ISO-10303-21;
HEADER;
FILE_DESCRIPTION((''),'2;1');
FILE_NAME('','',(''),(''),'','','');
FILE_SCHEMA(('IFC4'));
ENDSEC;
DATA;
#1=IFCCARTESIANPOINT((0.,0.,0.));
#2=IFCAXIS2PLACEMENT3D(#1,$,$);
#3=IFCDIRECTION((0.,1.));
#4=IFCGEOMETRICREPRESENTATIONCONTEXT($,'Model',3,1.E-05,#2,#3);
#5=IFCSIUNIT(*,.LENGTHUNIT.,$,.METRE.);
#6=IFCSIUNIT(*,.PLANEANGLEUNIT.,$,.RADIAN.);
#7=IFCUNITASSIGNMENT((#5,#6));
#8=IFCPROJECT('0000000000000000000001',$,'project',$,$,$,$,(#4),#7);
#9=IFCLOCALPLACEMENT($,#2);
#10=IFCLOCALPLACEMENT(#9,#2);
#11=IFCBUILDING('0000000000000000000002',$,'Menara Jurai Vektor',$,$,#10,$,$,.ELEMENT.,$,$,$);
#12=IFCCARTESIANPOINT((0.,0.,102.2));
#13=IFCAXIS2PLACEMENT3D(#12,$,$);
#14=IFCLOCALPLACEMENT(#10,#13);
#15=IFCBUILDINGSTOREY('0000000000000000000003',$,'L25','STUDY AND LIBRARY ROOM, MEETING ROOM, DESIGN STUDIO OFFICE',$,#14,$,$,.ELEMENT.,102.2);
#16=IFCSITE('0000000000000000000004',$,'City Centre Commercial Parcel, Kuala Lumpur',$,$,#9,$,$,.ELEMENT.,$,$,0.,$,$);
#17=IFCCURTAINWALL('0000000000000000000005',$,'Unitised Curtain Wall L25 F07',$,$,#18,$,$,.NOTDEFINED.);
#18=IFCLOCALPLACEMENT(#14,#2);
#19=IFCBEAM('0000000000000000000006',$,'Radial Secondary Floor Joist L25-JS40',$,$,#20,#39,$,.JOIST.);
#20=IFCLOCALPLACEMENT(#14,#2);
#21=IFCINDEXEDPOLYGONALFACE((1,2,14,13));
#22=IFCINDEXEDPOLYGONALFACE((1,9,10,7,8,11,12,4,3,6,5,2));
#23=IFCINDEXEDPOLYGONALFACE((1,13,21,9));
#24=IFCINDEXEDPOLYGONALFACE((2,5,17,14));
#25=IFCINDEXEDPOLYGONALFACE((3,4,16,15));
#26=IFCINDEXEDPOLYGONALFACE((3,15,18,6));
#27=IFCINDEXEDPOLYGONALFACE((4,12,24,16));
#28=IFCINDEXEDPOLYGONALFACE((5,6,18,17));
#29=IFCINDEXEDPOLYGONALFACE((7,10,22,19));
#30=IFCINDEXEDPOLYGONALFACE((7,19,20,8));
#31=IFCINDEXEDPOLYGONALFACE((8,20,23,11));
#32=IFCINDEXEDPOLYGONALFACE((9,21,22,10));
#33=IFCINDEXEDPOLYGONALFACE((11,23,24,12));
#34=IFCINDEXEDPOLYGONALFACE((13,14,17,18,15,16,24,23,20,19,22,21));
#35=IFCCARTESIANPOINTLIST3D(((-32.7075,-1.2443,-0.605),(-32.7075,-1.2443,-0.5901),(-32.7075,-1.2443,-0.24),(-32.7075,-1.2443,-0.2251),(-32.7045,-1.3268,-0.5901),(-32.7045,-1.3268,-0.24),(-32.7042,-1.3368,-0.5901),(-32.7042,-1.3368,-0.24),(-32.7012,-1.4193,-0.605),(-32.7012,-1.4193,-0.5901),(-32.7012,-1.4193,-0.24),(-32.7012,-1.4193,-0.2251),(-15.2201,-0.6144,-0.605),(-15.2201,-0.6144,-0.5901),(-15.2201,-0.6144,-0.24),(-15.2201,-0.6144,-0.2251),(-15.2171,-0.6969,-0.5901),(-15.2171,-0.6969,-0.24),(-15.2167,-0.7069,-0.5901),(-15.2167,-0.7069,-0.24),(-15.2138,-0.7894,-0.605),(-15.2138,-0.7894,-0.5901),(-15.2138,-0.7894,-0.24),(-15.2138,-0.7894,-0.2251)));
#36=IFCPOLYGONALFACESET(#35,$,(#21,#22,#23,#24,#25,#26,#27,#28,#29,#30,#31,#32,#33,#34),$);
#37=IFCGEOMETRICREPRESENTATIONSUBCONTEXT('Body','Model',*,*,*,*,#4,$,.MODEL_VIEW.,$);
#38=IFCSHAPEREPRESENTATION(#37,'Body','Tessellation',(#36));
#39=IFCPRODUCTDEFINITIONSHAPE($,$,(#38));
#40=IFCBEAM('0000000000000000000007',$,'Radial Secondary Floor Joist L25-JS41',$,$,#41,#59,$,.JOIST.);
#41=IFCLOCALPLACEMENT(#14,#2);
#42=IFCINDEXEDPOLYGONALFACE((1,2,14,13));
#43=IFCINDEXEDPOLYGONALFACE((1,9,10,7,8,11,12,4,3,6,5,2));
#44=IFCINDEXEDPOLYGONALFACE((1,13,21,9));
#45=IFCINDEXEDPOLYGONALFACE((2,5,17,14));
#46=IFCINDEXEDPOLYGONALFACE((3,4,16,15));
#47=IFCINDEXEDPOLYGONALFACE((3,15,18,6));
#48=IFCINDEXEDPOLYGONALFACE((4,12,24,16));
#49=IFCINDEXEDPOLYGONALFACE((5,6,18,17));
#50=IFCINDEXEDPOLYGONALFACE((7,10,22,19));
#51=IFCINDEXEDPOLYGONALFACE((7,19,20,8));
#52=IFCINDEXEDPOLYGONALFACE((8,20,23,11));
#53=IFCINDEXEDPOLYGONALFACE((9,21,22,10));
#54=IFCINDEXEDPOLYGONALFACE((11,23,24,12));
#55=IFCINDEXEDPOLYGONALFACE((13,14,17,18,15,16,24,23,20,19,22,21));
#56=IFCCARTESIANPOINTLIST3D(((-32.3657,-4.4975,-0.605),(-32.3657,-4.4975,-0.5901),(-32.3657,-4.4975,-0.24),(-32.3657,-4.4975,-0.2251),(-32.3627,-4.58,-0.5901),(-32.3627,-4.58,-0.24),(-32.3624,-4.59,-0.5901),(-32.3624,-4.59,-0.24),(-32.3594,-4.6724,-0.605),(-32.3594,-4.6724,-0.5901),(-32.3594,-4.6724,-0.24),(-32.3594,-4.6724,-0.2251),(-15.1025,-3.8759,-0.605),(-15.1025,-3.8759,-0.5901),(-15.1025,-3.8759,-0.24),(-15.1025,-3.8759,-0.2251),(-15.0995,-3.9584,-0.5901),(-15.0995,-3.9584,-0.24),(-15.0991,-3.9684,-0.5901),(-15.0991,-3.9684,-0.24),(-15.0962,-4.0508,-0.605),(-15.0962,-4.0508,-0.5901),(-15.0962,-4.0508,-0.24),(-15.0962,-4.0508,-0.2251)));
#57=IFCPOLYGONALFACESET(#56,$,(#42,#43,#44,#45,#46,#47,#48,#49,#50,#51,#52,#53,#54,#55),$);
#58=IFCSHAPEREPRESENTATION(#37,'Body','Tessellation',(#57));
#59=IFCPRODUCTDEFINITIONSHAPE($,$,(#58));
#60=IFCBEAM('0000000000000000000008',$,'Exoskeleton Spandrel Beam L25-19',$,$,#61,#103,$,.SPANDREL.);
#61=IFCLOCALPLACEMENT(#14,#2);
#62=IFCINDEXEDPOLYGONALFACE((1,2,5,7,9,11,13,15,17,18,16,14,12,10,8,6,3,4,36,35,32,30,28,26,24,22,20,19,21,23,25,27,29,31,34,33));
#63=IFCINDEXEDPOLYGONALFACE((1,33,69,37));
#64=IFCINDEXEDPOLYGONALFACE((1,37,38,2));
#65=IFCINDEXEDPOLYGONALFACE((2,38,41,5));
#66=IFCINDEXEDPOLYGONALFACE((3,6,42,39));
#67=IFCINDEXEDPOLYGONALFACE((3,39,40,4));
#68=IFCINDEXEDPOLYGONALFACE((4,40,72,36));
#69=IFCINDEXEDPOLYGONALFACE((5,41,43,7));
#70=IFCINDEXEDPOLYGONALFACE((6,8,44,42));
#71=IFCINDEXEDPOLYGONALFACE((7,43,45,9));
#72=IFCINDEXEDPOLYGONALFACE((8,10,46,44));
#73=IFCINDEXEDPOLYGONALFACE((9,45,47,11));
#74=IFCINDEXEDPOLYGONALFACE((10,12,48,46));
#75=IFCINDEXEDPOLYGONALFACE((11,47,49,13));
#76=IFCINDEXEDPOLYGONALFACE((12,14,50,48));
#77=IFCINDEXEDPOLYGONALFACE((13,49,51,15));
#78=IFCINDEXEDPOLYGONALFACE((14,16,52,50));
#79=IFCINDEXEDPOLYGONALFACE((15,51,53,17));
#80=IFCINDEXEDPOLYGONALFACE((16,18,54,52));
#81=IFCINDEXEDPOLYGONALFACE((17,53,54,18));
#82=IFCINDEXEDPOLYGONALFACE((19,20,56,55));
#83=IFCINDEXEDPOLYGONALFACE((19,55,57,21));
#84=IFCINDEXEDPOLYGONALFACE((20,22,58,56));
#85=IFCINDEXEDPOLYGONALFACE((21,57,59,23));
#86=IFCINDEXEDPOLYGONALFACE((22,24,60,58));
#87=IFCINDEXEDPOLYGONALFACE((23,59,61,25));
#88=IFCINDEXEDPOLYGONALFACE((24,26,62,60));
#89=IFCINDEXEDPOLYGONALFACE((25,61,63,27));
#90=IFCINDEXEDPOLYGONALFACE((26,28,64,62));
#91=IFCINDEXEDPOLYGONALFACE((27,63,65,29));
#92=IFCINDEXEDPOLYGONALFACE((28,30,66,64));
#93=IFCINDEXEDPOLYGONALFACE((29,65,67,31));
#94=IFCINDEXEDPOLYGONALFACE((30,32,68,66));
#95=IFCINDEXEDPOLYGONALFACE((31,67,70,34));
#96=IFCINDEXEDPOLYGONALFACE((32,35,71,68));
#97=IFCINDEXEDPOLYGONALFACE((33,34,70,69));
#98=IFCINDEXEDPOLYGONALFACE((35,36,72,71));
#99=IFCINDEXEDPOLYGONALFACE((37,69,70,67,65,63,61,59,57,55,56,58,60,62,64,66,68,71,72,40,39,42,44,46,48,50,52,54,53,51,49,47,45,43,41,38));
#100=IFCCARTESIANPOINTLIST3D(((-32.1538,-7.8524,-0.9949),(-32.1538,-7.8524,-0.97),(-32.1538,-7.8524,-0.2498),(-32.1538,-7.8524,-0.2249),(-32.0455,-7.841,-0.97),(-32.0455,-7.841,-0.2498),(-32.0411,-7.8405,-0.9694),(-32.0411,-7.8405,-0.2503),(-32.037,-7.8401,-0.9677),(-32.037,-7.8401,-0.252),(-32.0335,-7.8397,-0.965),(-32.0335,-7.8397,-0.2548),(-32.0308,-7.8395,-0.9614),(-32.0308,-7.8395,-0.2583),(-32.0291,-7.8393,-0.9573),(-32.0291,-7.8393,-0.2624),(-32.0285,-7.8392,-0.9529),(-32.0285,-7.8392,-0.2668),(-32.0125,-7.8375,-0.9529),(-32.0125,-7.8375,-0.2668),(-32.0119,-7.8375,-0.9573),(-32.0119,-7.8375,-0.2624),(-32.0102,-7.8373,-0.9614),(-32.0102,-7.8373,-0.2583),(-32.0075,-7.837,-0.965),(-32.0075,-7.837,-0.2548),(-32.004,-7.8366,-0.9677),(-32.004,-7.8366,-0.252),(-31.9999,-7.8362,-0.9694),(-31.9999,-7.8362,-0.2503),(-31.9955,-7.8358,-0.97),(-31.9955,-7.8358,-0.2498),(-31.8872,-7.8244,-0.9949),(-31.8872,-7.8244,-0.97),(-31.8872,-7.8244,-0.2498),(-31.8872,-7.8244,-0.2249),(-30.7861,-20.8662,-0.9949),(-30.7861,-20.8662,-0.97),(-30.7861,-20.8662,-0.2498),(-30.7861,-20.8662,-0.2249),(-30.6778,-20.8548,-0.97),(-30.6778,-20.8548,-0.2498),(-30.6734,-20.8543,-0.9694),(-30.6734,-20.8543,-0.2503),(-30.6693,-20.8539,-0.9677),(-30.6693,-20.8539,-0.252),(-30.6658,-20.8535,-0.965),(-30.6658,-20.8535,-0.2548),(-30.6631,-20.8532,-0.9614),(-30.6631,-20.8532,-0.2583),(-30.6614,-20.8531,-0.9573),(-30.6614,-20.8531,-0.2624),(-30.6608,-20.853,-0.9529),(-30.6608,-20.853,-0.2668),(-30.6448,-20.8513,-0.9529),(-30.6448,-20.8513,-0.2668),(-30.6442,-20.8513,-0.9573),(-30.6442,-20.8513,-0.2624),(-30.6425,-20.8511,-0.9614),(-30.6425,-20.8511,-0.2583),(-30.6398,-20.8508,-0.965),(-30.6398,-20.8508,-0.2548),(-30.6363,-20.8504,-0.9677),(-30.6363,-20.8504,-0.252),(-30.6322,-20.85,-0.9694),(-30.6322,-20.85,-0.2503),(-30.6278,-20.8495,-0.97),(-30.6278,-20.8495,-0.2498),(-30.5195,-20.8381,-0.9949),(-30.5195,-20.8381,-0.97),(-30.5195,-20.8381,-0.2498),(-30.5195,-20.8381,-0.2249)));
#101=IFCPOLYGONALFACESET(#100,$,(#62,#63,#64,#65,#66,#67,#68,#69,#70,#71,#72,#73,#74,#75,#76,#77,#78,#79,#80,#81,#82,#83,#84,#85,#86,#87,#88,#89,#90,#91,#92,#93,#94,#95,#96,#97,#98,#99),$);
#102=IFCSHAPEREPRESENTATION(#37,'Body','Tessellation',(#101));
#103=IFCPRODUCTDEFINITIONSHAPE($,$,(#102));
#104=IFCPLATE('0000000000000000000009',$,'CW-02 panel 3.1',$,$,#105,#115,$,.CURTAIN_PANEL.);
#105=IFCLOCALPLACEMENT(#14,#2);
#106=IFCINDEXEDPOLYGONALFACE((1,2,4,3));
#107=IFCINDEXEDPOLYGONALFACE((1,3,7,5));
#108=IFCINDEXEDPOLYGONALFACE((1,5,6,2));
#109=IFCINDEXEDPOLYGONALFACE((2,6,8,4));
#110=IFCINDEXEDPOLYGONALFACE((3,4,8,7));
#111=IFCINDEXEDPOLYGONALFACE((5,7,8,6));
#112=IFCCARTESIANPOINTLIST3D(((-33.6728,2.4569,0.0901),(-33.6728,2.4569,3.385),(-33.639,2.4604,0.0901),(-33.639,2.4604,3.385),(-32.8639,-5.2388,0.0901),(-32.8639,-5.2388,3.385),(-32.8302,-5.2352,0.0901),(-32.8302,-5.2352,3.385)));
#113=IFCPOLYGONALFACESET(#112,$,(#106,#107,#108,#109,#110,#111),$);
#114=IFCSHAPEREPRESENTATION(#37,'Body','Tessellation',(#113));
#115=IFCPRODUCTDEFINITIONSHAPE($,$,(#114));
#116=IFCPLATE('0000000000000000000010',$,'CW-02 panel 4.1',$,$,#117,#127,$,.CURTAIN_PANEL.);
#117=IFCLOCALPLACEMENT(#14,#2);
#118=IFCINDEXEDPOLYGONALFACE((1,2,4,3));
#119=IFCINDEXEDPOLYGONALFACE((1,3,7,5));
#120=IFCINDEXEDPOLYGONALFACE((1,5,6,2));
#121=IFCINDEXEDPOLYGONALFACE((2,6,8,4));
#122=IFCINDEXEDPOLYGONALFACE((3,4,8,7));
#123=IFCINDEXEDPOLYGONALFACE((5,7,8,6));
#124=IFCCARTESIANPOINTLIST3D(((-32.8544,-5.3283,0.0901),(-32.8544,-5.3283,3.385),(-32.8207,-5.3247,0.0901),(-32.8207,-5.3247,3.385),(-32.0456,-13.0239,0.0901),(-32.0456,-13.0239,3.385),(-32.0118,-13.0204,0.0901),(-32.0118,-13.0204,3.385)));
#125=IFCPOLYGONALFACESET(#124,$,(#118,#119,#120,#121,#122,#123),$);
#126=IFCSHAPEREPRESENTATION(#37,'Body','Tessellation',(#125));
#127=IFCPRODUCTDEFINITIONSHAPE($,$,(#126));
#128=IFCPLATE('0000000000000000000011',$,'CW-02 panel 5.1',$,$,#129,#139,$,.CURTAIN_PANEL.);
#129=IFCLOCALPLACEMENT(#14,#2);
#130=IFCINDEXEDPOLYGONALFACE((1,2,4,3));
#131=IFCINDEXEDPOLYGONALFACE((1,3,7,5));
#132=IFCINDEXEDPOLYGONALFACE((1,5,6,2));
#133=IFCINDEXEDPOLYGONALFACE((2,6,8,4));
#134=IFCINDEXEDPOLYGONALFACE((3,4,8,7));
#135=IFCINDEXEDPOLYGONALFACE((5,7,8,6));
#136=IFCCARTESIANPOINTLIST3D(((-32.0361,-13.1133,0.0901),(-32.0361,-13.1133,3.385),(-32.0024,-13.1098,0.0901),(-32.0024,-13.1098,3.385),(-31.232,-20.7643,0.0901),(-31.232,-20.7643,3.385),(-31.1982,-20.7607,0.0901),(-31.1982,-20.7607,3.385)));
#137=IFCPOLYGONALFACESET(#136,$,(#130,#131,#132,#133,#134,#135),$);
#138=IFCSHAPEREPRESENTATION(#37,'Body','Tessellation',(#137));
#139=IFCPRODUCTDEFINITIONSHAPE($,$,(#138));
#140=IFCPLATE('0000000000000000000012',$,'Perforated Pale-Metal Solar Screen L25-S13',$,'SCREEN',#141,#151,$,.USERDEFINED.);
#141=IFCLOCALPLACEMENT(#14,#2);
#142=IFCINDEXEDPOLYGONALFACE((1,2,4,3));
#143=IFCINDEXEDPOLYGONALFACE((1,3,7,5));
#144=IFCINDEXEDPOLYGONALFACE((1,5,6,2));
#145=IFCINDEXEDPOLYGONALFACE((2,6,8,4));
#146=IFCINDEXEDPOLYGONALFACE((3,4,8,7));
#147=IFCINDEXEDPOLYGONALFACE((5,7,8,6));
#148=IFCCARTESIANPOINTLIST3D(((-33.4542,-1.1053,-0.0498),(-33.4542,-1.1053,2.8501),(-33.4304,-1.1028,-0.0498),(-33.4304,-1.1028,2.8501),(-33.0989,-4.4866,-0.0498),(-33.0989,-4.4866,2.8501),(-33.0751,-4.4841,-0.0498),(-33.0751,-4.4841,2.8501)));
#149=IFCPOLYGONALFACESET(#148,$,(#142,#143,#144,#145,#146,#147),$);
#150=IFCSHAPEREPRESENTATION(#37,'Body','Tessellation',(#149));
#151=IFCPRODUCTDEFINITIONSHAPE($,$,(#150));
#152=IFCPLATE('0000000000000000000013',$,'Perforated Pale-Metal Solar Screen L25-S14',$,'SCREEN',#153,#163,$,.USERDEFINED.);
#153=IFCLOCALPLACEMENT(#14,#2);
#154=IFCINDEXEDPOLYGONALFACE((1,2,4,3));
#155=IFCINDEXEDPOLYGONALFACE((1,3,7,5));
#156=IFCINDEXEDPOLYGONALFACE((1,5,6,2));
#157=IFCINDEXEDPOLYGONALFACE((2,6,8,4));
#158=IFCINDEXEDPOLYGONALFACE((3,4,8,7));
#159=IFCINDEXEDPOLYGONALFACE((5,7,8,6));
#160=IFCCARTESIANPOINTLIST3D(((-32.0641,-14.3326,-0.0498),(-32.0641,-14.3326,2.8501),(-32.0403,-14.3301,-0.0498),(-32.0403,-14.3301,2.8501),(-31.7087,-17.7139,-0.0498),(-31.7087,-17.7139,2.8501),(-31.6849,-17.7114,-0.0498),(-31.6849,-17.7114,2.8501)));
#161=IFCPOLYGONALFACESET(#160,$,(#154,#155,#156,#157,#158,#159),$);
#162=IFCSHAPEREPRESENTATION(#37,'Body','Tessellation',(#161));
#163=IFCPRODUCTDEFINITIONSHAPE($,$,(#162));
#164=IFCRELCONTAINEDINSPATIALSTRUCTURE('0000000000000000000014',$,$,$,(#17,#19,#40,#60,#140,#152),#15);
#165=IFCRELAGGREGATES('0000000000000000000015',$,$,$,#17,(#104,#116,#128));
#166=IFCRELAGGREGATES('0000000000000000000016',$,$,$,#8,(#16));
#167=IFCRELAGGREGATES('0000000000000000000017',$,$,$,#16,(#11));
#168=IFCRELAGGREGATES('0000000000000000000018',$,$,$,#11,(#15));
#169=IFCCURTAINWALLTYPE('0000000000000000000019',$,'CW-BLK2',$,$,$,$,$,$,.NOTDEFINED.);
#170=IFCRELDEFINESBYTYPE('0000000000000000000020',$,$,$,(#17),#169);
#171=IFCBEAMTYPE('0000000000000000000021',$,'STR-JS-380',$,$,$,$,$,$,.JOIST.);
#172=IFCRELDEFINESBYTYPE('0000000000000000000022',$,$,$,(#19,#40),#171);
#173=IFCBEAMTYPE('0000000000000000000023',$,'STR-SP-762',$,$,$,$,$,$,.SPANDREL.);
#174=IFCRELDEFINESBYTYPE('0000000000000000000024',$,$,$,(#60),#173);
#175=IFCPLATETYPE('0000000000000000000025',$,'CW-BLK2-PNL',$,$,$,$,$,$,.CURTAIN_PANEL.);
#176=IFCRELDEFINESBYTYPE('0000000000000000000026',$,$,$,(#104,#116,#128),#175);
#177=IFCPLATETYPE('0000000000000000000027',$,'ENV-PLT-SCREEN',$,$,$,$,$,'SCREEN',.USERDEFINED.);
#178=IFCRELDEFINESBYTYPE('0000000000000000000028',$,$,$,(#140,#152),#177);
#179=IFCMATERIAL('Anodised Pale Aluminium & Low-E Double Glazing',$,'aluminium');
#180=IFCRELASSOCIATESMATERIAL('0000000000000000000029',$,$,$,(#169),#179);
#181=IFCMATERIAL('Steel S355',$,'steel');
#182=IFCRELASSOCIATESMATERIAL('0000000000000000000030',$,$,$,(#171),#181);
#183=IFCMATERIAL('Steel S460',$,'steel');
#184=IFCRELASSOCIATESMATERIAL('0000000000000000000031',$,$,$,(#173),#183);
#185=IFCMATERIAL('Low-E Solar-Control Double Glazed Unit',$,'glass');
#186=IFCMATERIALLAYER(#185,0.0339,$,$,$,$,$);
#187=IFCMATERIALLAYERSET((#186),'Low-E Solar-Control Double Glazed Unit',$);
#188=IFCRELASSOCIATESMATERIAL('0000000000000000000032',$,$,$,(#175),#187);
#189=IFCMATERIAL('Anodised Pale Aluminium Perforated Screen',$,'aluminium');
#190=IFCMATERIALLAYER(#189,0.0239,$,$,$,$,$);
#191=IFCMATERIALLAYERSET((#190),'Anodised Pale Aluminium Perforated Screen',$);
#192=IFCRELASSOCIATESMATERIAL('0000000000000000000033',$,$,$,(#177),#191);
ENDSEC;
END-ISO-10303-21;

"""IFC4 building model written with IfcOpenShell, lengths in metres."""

from ifc_helpers import new_model, si_unit, direction, frame, origin, origin_2d, place, context, subcontext, project, spatial, rectangle, i_section, extrude, material, layer, layer_set, material_profile, profile_set, type_object, element, aggregate, save


model = new_model("IFC4")

# Units and contexts
model_context = context("Model", 3, precision=1e-05, world=origin(), true_north=direction((0.0, 1.0)))
body_context = subcontext(model_context, "Body", "Model", "MODEL_VIEW")
ifc_project = project(units=[si_unit("LENGTHUNIT", "METRE"), si_unit("PLANEANGLEUNIT", "RADIAN")], contexts=[model_context])

# Site, building, storey
site_placement = place(None, origin())
site = spatial("IfcSite", under=ifc_project, at=site_placement, Name="City Centre Commercial Parcel, Kuala Lumpur", CompositionType="ELEMENT", RefElevation=0.0)
building_placement = place(site_placement, origin())
building = spatial("IfcBuilding", under=site, at=building_placement, Name="Menara Jurai Vektor", CompositionType="ELEMENT")
storey_placement = place(building_placement, frame((0.0, 0.0, 102.2)))
storey = spatial("IfcBuildingStorey", under=building, at=storey_placement, Name="L25", Description="STUDY AND LIBRARY ROOM, MEETING ROOM, DESIGN STUDIO OFFICE", CompositionType="ELEMENT", Elevation=102.2)

# Shared definitions
ifc_material_1 = material(Name="Steel S460", Category="steel")

# Curtain wall
ifc_material_2 = material(Name="Anodised Pale Aluminium & Low-E Double Glazing", Category="aluminium")
curtain_wall_type = type_object("IfcCurtainWallType", Name="CW-BLK2", PredefinedType="NOTDEFINED", material=ifc_material_2)
curtain_wall_placement = place(storey_placement, origin())
curtain_wall = element("IfcCurtainWall", 1, at=curtain_wall_placement, inside=storey, type_object=curtain_wall_type, Name="Unitised Curtain Wall L25 F07", PredefinedType="NOTDEFINED")

# Beams
ifc_material_3 = material(Name="Steel S355", Category="steel")
ifc_material_profile_1 = material_profile(ifc_material_3, i_section(OverallWidth=0.175, OverallDepth=0.3799, WebThickness=0.01, FlangeThickness=0.0149, at=origin_2d()), Name="PG 380x175x58")
ifc_profile_set_1 = profile_set([ifc_material_profile_1], Name="Steel S355")
beam_type_1 = type_object("IfcBeamType", Name="STR-JS-380", PredefinedType="JOIST", material=ifc_profile_set_1)
beam_1_placement = place(storey_placement, frame((-32.7043, -1.3318, -0.415), z_axis=(0.999352, 0.035996, 0.0), x_axis=(-0.035996, 0.999352, 0.0)))
element("IfcBeam", 2, at=beam_1_placement, inside=storey, type_object=beam_type_1, Name="Radial Secondary Floor Joist L25-JS40", PredefinedType="JOIST", context=body_context, shape_type="SweptSolid", body=[
    extrude(i_section(OverallWidth=0.175, OverallDepth=0.3799, WebThickness=0.01, FlangeThickness=0.0149, at=origin_2d()), origin(), (0.0, 0.0, 1.0), 17.4988),
])
beam_2_placement = place(storey_placement, frame((-32.3625, -4.585, -0.415), z_axis=(0.999352, 0.035983, 0.0), x_axis=(-0.035983, 0.999352, 0.0)))
element("IfcBeam", 3, at=beam_2_placement, inside=storey, type_object=beam_type_1, Name="Radial Secondary Floor Joist L25-JS41", PredefinedType="JOIST", context=body_context, shape_type="SweptSolid", body=[
    extrude(i_section(OverallWidth=0.175, OverallDepth=0.3799, WebThickness=0.01, FlangeThickness=0.0149, at=origin_2d()), origin(), (0.0, 0.0, 1.0), 17.2744),
])
ifc_material_profile_2 = material_profile(ifc_material_1, i_section(OverallWidth=0.2681, OverallDepth=0.77, WebThickness=0.0161, FlangeThickness=0.0249, FilletRadius=0.0171, at=origin_2d()), Name="UKB 762x267x197")
ifc_profile_set_2 = profile_set([ifc_material_profile_2], Name="Steel S460")
beam_type_2 = type_object("IfcBeamType", Name="STR-SP-762", PredefinedType="SPANDREL", material=ifc_profile_set_2)
beam_3_placement = place(storey_placement, frame((-32.0205, -7.8384, -0.6099), z_axis=(0.10452, -0.994523, 0.0), x_axis=(0.994523, 0.10452, 0.0)))
element("IfcBeam", 4, at=beam_3_placement, inside=storey, type_object=beam_type_2, Name="Exoskeleton Spandrel Beam L25-19", PredefinedType="SPANDREL", context=body_context, shape_type="SweptSolid", body=[
    extrude(i_section(OverallWidth=0.2681, OverallDepth=0.77, WebThickness=0.0161, FlangeThickness=0.0249, FilletRadius=0.0171, at=origin_2d()), origin(), (0.0, 0.0, 1.0), 13.0854),
])

# Plates
ifc_material_4 = material(Name="Low-E Solar-Control Double Glazed Unit", Category="glass")
ifc_layer_1 = layer(ifc_material_4, 0.0339)
ifc_layer_set_1 = layer_set([ifc_layer_1], Name="Low-E Solar-Control Double Glazed Unit")
plate_type_1 = type_object("IfcPlateType", Name="CW-BLK2-PNL", PredefinedType="CURTAIN_PANEL", material=ifc_layer_set_1)
plate_1_placement = place(storey_placement, frame((-33.2515, -1.3892, 0.0901), z_axis=(0.0, 0.0, 1.0), x_axis=(0.10453, -0.994522, 0.0)))
plate_1 = element("IfcPlate", 5, at=plate_1_placement, type_object=plate_type_1, Name="CW-02 panel 3.1", PredefinedType="CURTAIN_PANEL", context=body_context, shape_type="SweptSolid", body=[
    extrude(rectangle(XDim=7.738, YDim=0.0339, at=origin_2d()), origin(), (0.0, 0.0, 1.0), 3.2949),
])
plate_2_placement = place(storey_placement, frame((-32.4331, -9.1743, 0.0901), z_axis=(0.0, 0.0, 1.0), x_axis=(0.10453, -0.994522, 0.0)))
plate_2 = element("IfcPlate", 6, at=plate_2_placement, type_object=plate_type_1, Name="CW-02 panel 4.1", PredefinedType="CURTAIN_PANEL", context=body_context, shape_type="SweptSolid", body=[
    extrude(rectangle(XDim=7.738, YDim=0.0339, at=origin_2d()), origin(), (0.0, 0.0, 1.0), 3.2949),
])
plate_3_placement = place(storey_placement, frame((-31.6172, -16.937, 0.0901), z_axis=(0.0, 0.0, 1.0), x_axis=(0.10453, -0.994522, 0.0)))
plate_3 = element("IfcPlate", 7, at=plate_3_placement, type_object=plate_type_1, Name="CW-02 panel 5.1", PredefinedType="CURTAIN_PANEL", context=body_context, shape_type="SweptSolid", body=[
    extrude(rectangle(XDim=7.6931, YDim=0.0339, at=origin_2d()), origin(), (0.0, 0.0, 1.0), 3.2949),
])
aggregate(curtain_wall, [plate_1, plate_2, plate_3])

# Plates
ifc_material_5 = material(Name="Anodised Pale Aluminium Perforated Screen", Category="aluminium")
ifc_layer_2 = layer(ifc_material_5, 0.0239)
ifc_layer_set_2 = layer_set([ifc_layer_2], Name="Anodised Pale Aluminium Perforated Screen")
plate_type_2 = type_object("IfcPlateType", Name="ENV-PLT-SCREEN", ElementType="SCREEN", PredefinedType="USERDEFINED", material=ifc_layer_set_2)
for number, where, z_axis, x_axis, name in (
    (8, (-33.2646, -2.7947, -0.0498), (0.0, 0.0, 1.0), (0.104528, -0.994522, 0.0), "Perforated Pale-Metal Solar Screen L25-S13"),
    (9, (-31.8745, -16.022, -0.0498), (0.0, 0.0, 1.0), (0.104528, -0.994522, 0.0), "Perforated Pale-Metal Solar Screen L25-S14"),
):
    element("IfcPlate", number, at=place(storey_placement, frame(where, z_axis=z_axis, x_axis=x_axis)), inside=storey, type_object=plate_type_2, Name=name, ObjectType="SCREEN", PredefinedType="USERDEFINED", context=body_context, shape_type="SweptSolid", body=[
        extrude(rectangle(XDim=3.3999, YDim=0.0239, at=origin_2d()), origin(), (0.0, 0.0, 1.0), 2.8999),
    ])

save(model, "model.ifc")
